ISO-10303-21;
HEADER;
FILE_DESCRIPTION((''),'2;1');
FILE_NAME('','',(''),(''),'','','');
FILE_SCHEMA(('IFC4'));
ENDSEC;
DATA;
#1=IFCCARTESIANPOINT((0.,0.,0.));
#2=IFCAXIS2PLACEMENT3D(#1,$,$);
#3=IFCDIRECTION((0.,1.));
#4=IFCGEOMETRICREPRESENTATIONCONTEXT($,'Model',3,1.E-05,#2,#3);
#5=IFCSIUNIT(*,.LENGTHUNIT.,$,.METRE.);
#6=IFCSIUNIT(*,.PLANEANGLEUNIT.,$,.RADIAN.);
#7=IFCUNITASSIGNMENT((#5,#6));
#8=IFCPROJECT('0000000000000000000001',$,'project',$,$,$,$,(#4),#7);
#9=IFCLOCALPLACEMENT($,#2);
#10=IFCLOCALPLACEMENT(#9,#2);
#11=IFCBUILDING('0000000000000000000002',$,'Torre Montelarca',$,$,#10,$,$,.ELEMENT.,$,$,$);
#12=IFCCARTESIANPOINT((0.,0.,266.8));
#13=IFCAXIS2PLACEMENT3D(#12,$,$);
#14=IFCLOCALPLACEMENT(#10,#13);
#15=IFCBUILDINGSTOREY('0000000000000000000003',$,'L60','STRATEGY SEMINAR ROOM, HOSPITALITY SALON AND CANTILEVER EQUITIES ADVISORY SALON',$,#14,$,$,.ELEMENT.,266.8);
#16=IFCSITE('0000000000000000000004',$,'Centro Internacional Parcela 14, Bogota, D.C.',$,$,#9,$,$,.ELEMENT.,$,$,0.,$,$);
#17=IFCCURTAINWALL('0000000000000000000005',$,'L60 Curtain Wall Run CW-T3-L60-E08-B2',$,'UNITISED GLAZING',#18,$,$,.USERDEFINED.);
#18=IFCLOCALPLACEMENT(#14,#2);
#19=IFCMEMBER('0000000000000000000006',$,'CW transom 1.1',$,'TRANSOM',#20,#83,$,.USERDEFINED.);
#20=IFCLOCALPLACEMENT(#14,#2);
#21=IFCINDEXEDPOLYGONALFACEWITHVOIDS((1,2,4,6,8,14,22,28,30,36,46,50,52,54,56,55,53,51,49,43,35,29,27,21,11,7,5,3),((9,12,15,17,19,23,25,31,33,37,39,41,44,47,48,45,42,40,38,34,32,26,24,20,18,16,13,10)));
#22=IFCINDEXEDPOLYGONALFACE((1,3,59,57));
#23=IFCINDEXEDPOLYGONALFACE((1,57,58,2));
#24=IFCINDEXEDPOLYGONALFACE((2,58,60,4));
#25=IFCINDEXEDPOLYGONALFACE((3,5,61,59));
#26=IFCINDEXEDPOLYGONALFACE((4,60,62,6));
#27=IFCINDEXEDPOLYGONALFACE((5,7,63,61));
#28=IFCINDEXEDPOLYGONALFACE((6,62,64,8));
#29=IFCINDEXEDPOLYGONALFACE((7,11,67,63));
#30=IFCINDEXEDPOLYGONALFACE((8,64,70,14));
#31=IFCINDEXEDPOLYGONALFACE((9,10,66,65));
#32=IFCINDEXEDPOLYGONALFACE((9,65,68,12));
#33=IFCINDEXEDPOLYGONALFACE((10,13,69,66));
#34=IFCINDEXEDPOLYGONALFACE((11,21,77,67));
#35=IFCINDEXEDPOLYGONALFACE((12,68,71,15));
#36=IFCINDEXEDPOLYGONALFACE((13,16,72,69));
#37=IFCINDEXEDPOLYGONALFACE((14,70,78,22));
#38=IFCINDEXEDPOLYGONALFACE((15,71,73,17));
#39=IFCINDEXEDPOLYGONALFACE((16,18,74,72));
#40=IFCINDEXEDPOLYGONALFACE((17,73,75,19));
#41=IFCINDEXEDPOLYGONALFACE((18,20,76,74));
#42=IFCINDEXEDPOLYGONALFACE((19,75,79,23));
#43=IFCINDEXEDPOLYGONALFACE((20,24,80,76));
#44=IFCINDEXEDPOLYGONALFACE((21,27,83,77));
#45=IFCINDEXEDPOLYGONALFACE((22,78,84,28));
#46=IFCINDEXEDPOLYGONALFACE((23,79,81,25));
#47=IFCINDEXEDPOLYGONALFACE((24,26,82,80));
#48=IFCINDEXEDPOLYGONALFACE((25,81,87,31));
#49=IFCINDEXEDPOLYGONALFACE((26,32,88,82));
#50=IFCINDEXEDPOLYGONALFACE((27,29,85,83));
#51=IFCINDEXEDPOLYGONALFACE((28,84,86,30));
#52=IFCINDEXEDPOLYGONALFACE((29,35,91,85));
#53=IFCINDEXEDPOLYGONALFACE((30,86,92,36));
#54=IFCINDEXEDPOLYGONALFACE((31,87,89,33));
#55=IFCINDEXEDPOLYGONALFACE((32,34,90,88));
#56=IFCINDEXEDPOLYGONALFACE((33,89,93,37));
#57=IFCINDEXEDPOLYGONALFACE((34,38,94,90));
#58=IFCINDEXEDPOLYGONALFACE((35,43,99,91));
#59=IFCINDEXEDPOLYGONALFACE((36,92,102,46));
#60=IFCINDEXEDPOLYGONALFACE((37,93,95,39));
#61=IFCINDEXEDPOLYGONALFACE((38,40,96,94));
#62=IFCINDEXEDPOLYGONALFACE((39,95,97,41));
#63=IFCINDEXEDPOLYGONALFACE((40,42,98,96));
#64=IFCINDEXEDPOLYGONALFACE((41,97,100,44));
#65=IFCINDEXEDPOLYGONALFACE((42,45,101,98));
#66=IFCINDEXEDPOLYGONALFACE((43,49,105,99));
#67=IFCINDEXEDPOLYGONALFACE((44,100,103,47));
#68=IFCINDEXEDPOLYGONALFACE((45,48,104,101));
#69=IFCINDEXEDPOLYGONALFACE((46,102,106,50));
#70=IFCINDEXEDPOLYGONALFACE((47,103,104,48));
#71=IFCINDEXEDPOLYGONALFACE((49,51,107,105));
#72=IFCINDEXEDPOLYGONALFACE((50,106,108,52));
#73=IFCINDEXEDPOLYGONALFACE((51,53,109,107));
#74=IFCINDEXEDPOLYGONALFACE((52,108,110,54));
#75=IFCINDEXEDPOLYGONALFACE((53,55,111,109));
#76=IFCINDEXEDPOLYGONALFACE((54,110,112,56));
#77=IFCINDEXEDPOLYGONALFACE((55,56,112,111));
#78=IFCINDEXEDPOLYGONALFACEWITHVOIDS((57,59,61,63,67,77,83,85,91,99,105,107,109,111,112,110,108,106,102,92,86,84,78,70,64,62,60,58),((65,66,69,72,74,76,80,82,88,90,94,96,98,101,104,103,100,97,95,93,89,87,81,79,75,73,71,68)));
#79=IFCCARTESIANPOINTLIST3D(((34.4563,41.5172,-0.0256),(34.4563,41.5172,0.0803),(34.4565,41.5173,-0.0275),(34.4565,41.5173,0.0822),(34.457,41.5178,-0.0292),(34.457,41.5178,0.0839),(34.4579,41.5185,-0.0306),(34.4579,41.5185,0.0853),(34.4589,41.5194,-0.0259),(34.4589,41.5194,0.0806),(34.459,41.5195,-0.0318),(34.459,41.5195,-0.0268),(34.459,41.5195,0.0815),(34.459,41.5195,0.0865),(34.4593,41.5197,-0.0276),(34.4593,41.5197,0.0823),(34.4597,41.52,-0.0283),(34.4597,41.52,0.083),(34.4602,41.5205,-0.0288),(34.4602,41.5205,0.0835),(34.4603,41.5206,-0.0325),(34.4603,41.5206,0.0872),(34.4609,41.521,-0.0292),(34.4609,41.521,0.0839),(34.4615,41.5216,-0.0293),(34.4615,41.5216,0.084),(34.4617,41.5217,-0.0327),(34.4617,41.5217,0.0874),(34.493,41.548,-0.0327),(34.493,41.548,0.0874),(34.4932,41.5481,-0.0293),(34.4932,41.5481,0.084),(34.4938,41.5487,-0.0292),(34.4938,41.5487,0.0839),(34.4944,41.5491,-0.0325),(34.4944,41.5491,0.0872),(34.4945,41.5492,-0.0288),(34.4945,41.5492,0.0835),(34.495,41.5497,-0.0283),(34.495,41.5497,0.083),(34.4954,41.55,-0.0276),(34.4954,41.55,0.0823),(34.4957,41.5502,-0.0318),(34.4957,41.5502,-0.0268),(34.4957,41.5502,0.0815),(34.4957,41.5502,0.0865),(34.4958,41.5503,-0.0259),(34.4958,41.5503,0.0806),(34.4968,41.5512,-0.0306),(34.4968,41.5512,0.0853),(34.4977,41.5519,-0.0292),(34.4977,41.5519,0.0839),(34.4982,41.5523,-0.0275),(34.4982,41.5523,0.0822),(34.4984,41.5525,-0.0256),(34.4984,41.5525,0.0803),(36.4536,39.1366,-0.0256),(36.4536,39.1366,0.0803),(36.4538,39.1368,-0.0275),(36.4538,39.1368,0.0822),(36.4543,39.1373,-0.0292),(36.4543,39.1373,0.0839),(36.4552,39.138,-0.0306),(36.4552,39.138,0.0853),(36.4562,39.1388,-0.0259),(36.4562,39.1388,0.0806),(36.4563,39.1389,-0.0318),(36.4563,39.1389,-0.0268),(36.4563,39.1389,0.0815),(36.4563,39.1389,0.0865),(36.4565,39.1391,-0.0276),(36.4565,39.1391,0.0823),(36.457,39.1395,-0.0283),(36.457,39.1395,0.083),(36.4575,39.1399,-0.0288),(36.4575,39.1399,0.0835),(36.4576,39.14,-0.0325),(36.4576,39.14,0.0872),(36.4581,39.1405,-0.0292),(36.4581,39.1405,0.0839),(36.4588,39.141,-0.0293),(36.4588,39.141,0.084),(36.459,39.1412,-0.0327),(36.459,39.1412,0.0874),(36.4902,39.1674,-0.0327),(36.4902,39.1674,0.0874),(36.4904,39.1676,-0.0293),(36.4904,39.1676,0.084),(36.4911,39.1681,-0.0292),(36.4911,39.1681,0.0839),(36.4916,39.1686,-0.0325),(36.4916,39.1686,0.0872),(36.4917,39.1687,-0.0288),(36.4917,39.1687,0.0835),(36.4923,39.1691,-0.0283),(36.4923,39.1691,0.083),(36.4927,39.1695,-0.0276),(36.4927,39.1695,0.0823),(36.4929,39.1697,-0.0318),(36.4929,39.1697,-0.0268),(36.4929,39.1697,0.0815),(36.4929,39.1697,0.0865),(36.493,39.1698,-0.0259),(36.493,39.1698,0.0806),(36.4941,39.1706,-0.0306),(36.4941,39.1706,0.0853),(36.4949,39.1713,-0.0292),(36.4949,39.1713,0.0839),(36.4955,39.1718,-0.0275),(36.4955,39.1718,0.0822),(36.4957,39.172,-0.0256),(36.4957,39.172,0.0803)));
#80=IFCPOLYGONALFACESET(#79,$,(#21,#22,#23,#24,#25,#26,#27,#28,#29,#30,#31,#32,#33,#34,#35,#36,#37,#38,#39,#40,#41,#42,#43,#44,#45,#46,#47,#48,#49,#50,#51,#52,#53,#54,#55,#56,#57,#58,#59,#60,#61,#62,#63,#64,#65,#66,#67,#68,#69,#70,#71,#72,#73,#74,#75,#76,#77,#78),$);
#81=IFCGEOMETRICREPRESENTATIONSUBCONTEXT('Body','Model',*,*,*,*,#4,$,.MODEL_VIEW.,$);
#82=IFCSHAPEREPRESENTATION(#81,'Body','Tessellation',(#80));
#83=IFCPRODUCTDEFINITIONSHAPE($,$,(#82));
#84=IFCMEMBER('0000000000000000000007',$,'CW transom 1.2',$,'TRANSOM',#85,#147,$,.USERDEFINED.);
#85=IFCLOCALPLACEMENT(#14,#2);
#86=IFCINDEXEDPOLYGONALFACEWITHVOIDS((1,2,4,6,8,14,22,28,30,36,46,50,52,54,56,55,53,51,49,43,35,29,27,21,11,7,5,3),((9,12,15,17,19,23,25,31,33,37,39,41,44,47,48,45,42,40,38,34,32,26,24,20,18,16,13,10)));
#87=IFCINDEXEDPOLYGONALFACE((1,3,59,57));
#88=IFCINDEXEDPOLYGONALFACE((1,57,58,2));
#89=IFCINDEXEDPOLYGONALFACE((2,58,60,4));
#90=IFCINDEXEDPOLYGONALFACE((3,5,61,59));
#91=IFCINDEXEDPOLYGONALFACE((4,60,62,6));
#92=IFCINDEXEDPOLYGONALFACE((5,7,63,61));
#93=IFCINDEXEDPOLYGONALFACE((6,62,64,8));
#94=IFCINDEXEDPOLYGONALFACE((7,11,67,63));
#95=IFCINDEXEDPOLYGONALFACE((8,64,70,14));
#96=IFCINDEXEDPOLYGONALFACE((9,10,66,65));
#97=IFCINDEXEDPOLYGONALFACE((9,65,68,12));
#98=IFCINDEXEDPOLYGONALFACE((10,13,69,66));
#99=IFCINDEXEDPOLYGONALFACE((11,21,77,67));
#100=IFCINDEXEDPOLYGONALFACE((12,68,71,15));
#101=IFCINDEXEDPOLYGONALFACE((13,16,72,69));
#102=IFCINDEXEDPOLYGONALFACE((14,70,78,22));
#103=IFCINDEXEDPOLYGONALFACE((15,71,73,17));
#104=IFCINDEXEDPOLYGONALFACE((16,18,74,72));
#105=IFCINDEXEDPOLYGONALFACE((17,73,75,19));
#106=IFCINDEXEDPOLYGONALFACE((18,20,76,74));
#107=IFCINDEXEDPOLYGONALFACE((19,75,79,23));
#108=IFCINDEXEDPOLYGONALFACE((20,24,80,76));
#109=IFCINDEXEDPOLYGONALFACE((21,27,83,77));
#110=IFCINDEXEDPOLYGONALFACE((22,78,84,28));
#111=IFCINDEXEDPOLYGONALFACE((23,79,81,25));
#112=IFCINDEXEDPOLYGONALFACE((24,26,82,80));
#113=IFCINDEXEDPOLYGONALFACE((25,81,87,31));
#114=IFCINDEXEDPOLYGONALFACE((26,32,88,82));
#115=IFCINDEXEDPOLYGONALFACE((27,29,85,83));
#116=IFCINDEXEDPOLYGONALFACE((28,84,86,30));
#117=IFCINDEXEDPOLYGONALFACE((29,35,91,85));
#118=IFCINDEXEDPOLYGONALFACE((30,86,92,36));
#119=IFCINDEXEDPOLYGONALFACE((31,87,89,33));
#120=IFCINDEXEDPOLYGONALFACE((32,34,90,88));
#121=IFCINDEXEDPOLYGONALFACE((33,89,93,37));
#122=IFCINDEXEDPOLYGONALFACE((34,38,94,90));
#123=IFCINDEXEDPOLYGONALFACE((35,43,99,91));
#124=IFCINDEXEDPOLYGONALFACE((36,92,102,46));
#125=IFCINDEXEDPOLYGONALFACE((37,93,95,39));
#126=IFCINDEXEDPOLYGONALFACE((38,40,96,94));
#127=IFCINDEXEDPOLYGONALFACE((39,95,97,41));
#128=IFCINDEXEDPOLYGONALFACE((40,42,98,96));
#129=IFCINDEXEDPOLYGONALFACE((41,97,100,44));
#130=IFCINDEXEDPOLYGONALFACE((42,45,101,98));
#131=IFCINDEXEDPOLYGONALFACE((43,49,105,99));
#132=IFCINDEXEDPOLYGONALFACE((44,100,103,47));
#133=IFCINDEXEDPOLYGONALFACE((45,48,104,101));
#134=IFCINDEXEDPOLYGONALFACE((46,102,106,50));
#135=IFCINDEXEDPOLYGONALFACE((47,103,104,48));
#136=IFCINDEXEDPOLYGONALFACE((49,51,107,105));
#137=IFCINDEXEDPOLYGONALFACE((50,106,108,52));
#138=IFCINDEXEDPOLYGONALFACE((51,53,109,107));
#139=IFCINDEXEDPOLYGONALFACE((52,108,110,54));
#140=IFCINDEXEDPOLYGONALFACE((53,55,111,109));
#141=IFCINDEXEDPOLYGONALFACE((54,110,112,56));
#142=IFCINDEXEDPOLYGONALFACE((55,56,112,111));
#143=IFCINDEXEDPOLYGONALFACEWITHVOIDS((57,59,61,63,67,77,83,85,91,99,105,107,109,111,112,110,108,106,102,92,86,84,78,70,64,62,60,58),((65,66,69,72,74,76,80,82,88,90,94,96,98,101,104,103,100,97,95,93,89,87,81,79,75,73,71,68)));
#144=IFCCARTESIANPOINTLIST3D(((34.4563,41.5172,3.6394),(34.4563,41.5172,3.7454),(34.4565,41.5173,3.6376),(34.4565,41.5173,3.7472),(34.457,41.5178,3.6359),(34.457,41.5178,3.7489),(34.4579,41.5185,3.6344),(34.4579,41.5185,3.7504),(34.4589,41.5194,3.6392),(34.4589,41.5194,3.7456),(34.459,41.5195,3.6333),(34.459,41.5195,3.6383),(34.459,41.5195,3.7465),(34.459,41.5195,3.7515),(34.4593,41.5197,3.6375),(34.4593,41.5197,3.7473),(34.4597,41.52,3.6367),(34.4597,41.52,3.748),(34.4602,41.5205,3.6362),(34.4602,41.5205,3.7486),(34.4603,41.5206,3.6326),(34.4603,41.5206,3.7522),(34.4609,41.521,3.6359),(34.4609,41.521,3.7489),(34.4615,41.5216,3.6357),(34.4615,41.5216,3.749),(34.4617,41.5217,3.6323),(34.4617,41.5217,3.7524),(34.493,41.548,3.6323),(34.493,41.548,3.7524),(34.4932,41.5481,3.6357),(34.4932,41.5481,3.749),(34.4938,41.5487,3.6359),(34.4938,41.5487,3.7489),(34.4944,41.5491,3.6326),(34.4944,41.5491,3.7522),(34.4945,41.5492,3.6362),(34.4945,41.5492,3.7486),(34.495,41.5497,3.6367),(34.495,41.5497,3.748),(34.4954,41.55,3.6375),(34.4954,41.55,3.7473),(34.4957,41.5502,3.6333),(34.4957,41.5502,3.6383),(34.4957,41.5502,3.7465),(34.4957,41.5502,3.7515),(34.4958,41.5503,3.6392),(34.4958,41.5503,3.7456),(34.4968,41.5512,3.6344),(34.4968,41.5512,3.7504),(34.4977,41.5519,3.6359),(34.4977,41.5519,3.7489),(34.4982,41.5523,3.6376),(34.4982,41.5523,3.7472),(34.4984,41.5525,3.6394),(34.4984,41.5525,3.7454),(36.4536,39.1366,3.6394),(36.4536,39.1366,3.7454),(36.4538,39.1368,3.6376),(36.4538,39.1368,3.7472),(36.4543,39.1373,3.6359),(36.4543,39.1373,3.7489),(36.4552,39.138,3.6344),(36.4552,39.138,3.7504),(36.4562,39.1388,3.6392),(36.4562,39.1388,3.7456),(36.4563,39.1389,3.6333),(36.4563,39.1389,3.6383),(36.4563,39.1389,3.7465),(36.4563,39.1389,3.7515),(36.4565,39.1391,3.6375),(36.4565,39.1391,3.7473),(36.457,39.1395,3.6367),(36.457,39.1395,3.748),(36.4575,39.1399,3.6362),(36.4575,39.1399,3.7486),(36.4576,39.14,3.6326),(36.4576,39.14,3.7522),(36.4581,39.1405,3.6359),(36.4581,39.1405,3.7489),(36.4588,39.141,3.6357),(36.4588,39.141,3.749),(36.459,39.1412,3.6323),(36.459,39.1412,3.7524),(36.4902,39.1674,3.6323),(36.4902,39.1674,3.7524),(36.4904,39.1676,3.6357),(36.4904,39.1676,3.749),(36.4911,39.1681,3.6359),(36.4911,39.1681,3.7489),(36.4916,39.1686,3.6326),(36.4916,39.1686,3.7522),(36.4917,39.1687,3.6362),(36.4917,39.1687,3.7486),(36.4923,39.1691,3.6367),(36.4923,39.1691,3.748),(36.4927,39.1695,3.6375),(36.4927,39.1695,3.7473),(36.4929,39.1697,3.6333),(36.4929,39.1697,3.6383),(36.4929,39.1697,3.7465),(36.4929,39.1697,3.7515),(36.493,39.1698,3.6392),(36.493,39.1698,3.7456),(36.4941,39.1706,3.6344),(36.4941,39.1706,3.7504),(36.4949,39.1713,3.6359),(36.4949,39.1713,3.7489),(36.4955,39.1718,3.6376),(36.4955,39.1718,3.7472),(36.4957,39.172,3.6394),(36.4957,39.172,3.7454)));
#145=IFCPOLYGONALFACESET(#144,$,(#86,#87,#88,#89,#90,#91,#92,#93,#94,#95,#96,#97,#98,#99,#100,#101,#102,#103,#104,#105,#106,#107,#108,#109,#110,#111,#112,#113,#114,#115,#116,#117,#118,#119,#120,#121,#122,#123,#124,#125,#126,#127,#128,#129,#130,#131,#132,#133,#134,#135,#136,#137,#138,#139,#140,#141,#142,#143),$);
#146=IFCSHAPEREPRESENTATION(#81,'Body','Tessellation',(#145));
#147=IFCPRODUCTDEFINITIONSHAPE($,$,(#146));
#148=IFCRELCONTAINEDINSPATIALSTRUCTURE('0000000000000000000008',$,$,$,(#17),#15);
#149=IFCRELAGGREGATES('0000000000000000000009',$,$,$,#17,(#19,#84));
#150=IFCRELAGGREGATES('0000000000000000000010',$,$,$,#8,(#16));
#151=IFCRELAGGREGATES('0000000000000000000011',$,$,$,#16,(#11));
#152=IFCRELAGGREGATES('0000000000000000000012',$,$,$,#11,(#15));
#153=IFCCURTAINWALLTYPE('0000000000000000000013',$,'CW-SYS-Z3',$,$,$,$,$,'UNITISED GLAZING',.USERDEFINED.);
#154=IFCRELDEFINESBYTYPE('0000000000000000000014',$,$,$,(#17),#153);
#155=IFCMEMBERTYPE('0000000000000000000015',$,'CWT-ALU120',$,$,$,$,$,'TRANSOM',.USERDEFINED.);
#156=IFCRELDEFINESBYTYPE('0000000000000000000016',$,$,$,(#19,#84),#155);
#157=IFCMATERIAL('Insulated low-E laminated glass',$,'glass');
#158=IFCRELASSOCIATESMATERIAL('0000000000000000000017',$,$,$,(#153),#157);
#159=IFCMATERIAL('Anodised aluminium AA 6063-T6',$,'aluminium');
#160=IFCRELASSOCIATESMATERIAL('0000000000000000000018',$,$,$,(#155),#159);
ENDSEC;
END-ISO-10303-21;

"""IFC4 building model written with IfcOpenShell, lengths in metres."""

from ifc_helpers import new_model, si_unit, direction, frame, origin, origin_2d, place, context, subcontext, project, spatial, hollow_rectangle, extrude, source, transform, mapped, material, material_profile, profile_set, type_object, element, aggregate, save


model = new_model("IFC4")

# Units and contexts
model_context = context("Model", 3, precision=1e-05, world=origin(), true_north=direction((0.0, 1.0)))
body_context = subcontext(model_context, "Body", "Model", "MODEL_VIEW")
ifc_project = project(units=[si_unit("LENGTHUNIT", "METRE"), si_unit("PLANEANGLEUNIT", "RADIAN")], contexts=[model_context])

# Site, building, storey
site_placement = place(None, origin())
site = spatial("IfcSite", under=ifc_project, at=site_placement, Name="Centro Internacional Parcela 14, Bogota, D.C.", CompositionType="ELEMENT", RefElevation=0.0)
building_placement = place(site_placement, origin())
building = spatial("IfcBuilding", under=site, at=building_placement, Name="Torre Montelarca", CompositionType="ELEMENT")
storey_placement = place(building_placement, frame((0.0, 0.0, 266.8)))
storey = spatial("IfcBuildingStorey", under=building, at=storey_placement, Name="L60", Description="STRATEGY SEMINAR ROOM, HOSPITALITY SALON AND CANTILEVER EQUITIES ADVISORY SALON", CompositionType="ELEMENT", Elevation=266.8)

# Curtain wall
ifc_material_1 = material(Name="Insulated low-E laminated glass", Category="glass")
curtain_wall_type = type_object("IfcCurtainWallType", Name="CW-SYS-Z3", ElementType="UNITISED GLAZING", PredefinedType="USERDEFINED", material=ifc_material_1)
ifc_material_2 = material(Name="Anodised aluminium AA 6063-T6", Category="aluminium")
curtain_wall_1_placement = place(storey_placement, origin())
curtain_wall_1 = element("IfcCurtainWall", 1, at=curtain_wall_1_placement, inside=storey, type_object=curtain_wall_type, Name="L60 Curtain Wall Run CW-T3-L60-E08-B2", ObjectType="UNITISED GLAZING", PredefinedType="USERDEFINED")

# Members
ifc_material_profile_1 = material_profile(ifc_material_2, hollow_rectangle(XDim=0.0549, YDim=0.1201, WallThickness=0.0034, InnerFilletRadius=0.0034, OuterFilletRadius=0.0071, at=origin_2d()), Name="ALU55X120X3.5", Category="aluminium")
ifc_profile_set_1 = profile_set([ifc_material_profile_1], Name="Anodised aluminium AA 6063-T6")
member_type_1 = type_object("IfcMemberType", Name="CWT-ALU120", ElementType="TRANSOM", PredefinedType="USERDEFINED", material=ifc_profile_set_1)
shared_shape_1 = source(origin(), body_context, "Body", "SweptSolid", [
    extrude(hollow_rectangle(XDim=0.0549, YDim=0.1201, WallThickness=0.0034, InnerFilletRadius=0.0034, OuterFilletRadius=0.0071, at=origin_2d()), origin(), (0.0, 0.0, 1.0), 3.1074),
])
member_1_placement = place(storey_placement, frame((36.4746, 39.1543, 0.0273), z_axis=(-0.642739, 0.766085, 0.0), x_axis=(-0.766085, -0.642739, 0.0)))
member_1 = element("IfcMember", 2, at=member_1_placement, type_object=member_type_1, Name="CW transom 1.1", ObjectType="TRANSOM", PredefinedType="USERDEFINED", context=body_context, shape_type="MappedRepresentation", body=[
    mapped(shared_shape_1, transform((0.0, 0.0, 0.0), scale=1.0)),
])
member_2_placement = place(storey_placement, frame((36.4746, 39.1543, 3.6924), z_axis=(-0.642739, 0.766085, 0.0), x_axis=(-0.766085, -0.642739, 0.0)))
member_2 = element("IfcMember", 3, at=member_2_placement, type_object=member_type_1, Name="CW transom 1.2", ObjectType="TRANSOM", PredefinedType="USERDEFINED", context=body_context, shape_type="MappedRepresentation", body=[
    mapped(shared_shape_1, transform((0.0, 0.0, 0.0), scale=1.0)),
])

aggregate(curtain_wall_1, [member_1, member_2])

save(model, "model.ifc")
